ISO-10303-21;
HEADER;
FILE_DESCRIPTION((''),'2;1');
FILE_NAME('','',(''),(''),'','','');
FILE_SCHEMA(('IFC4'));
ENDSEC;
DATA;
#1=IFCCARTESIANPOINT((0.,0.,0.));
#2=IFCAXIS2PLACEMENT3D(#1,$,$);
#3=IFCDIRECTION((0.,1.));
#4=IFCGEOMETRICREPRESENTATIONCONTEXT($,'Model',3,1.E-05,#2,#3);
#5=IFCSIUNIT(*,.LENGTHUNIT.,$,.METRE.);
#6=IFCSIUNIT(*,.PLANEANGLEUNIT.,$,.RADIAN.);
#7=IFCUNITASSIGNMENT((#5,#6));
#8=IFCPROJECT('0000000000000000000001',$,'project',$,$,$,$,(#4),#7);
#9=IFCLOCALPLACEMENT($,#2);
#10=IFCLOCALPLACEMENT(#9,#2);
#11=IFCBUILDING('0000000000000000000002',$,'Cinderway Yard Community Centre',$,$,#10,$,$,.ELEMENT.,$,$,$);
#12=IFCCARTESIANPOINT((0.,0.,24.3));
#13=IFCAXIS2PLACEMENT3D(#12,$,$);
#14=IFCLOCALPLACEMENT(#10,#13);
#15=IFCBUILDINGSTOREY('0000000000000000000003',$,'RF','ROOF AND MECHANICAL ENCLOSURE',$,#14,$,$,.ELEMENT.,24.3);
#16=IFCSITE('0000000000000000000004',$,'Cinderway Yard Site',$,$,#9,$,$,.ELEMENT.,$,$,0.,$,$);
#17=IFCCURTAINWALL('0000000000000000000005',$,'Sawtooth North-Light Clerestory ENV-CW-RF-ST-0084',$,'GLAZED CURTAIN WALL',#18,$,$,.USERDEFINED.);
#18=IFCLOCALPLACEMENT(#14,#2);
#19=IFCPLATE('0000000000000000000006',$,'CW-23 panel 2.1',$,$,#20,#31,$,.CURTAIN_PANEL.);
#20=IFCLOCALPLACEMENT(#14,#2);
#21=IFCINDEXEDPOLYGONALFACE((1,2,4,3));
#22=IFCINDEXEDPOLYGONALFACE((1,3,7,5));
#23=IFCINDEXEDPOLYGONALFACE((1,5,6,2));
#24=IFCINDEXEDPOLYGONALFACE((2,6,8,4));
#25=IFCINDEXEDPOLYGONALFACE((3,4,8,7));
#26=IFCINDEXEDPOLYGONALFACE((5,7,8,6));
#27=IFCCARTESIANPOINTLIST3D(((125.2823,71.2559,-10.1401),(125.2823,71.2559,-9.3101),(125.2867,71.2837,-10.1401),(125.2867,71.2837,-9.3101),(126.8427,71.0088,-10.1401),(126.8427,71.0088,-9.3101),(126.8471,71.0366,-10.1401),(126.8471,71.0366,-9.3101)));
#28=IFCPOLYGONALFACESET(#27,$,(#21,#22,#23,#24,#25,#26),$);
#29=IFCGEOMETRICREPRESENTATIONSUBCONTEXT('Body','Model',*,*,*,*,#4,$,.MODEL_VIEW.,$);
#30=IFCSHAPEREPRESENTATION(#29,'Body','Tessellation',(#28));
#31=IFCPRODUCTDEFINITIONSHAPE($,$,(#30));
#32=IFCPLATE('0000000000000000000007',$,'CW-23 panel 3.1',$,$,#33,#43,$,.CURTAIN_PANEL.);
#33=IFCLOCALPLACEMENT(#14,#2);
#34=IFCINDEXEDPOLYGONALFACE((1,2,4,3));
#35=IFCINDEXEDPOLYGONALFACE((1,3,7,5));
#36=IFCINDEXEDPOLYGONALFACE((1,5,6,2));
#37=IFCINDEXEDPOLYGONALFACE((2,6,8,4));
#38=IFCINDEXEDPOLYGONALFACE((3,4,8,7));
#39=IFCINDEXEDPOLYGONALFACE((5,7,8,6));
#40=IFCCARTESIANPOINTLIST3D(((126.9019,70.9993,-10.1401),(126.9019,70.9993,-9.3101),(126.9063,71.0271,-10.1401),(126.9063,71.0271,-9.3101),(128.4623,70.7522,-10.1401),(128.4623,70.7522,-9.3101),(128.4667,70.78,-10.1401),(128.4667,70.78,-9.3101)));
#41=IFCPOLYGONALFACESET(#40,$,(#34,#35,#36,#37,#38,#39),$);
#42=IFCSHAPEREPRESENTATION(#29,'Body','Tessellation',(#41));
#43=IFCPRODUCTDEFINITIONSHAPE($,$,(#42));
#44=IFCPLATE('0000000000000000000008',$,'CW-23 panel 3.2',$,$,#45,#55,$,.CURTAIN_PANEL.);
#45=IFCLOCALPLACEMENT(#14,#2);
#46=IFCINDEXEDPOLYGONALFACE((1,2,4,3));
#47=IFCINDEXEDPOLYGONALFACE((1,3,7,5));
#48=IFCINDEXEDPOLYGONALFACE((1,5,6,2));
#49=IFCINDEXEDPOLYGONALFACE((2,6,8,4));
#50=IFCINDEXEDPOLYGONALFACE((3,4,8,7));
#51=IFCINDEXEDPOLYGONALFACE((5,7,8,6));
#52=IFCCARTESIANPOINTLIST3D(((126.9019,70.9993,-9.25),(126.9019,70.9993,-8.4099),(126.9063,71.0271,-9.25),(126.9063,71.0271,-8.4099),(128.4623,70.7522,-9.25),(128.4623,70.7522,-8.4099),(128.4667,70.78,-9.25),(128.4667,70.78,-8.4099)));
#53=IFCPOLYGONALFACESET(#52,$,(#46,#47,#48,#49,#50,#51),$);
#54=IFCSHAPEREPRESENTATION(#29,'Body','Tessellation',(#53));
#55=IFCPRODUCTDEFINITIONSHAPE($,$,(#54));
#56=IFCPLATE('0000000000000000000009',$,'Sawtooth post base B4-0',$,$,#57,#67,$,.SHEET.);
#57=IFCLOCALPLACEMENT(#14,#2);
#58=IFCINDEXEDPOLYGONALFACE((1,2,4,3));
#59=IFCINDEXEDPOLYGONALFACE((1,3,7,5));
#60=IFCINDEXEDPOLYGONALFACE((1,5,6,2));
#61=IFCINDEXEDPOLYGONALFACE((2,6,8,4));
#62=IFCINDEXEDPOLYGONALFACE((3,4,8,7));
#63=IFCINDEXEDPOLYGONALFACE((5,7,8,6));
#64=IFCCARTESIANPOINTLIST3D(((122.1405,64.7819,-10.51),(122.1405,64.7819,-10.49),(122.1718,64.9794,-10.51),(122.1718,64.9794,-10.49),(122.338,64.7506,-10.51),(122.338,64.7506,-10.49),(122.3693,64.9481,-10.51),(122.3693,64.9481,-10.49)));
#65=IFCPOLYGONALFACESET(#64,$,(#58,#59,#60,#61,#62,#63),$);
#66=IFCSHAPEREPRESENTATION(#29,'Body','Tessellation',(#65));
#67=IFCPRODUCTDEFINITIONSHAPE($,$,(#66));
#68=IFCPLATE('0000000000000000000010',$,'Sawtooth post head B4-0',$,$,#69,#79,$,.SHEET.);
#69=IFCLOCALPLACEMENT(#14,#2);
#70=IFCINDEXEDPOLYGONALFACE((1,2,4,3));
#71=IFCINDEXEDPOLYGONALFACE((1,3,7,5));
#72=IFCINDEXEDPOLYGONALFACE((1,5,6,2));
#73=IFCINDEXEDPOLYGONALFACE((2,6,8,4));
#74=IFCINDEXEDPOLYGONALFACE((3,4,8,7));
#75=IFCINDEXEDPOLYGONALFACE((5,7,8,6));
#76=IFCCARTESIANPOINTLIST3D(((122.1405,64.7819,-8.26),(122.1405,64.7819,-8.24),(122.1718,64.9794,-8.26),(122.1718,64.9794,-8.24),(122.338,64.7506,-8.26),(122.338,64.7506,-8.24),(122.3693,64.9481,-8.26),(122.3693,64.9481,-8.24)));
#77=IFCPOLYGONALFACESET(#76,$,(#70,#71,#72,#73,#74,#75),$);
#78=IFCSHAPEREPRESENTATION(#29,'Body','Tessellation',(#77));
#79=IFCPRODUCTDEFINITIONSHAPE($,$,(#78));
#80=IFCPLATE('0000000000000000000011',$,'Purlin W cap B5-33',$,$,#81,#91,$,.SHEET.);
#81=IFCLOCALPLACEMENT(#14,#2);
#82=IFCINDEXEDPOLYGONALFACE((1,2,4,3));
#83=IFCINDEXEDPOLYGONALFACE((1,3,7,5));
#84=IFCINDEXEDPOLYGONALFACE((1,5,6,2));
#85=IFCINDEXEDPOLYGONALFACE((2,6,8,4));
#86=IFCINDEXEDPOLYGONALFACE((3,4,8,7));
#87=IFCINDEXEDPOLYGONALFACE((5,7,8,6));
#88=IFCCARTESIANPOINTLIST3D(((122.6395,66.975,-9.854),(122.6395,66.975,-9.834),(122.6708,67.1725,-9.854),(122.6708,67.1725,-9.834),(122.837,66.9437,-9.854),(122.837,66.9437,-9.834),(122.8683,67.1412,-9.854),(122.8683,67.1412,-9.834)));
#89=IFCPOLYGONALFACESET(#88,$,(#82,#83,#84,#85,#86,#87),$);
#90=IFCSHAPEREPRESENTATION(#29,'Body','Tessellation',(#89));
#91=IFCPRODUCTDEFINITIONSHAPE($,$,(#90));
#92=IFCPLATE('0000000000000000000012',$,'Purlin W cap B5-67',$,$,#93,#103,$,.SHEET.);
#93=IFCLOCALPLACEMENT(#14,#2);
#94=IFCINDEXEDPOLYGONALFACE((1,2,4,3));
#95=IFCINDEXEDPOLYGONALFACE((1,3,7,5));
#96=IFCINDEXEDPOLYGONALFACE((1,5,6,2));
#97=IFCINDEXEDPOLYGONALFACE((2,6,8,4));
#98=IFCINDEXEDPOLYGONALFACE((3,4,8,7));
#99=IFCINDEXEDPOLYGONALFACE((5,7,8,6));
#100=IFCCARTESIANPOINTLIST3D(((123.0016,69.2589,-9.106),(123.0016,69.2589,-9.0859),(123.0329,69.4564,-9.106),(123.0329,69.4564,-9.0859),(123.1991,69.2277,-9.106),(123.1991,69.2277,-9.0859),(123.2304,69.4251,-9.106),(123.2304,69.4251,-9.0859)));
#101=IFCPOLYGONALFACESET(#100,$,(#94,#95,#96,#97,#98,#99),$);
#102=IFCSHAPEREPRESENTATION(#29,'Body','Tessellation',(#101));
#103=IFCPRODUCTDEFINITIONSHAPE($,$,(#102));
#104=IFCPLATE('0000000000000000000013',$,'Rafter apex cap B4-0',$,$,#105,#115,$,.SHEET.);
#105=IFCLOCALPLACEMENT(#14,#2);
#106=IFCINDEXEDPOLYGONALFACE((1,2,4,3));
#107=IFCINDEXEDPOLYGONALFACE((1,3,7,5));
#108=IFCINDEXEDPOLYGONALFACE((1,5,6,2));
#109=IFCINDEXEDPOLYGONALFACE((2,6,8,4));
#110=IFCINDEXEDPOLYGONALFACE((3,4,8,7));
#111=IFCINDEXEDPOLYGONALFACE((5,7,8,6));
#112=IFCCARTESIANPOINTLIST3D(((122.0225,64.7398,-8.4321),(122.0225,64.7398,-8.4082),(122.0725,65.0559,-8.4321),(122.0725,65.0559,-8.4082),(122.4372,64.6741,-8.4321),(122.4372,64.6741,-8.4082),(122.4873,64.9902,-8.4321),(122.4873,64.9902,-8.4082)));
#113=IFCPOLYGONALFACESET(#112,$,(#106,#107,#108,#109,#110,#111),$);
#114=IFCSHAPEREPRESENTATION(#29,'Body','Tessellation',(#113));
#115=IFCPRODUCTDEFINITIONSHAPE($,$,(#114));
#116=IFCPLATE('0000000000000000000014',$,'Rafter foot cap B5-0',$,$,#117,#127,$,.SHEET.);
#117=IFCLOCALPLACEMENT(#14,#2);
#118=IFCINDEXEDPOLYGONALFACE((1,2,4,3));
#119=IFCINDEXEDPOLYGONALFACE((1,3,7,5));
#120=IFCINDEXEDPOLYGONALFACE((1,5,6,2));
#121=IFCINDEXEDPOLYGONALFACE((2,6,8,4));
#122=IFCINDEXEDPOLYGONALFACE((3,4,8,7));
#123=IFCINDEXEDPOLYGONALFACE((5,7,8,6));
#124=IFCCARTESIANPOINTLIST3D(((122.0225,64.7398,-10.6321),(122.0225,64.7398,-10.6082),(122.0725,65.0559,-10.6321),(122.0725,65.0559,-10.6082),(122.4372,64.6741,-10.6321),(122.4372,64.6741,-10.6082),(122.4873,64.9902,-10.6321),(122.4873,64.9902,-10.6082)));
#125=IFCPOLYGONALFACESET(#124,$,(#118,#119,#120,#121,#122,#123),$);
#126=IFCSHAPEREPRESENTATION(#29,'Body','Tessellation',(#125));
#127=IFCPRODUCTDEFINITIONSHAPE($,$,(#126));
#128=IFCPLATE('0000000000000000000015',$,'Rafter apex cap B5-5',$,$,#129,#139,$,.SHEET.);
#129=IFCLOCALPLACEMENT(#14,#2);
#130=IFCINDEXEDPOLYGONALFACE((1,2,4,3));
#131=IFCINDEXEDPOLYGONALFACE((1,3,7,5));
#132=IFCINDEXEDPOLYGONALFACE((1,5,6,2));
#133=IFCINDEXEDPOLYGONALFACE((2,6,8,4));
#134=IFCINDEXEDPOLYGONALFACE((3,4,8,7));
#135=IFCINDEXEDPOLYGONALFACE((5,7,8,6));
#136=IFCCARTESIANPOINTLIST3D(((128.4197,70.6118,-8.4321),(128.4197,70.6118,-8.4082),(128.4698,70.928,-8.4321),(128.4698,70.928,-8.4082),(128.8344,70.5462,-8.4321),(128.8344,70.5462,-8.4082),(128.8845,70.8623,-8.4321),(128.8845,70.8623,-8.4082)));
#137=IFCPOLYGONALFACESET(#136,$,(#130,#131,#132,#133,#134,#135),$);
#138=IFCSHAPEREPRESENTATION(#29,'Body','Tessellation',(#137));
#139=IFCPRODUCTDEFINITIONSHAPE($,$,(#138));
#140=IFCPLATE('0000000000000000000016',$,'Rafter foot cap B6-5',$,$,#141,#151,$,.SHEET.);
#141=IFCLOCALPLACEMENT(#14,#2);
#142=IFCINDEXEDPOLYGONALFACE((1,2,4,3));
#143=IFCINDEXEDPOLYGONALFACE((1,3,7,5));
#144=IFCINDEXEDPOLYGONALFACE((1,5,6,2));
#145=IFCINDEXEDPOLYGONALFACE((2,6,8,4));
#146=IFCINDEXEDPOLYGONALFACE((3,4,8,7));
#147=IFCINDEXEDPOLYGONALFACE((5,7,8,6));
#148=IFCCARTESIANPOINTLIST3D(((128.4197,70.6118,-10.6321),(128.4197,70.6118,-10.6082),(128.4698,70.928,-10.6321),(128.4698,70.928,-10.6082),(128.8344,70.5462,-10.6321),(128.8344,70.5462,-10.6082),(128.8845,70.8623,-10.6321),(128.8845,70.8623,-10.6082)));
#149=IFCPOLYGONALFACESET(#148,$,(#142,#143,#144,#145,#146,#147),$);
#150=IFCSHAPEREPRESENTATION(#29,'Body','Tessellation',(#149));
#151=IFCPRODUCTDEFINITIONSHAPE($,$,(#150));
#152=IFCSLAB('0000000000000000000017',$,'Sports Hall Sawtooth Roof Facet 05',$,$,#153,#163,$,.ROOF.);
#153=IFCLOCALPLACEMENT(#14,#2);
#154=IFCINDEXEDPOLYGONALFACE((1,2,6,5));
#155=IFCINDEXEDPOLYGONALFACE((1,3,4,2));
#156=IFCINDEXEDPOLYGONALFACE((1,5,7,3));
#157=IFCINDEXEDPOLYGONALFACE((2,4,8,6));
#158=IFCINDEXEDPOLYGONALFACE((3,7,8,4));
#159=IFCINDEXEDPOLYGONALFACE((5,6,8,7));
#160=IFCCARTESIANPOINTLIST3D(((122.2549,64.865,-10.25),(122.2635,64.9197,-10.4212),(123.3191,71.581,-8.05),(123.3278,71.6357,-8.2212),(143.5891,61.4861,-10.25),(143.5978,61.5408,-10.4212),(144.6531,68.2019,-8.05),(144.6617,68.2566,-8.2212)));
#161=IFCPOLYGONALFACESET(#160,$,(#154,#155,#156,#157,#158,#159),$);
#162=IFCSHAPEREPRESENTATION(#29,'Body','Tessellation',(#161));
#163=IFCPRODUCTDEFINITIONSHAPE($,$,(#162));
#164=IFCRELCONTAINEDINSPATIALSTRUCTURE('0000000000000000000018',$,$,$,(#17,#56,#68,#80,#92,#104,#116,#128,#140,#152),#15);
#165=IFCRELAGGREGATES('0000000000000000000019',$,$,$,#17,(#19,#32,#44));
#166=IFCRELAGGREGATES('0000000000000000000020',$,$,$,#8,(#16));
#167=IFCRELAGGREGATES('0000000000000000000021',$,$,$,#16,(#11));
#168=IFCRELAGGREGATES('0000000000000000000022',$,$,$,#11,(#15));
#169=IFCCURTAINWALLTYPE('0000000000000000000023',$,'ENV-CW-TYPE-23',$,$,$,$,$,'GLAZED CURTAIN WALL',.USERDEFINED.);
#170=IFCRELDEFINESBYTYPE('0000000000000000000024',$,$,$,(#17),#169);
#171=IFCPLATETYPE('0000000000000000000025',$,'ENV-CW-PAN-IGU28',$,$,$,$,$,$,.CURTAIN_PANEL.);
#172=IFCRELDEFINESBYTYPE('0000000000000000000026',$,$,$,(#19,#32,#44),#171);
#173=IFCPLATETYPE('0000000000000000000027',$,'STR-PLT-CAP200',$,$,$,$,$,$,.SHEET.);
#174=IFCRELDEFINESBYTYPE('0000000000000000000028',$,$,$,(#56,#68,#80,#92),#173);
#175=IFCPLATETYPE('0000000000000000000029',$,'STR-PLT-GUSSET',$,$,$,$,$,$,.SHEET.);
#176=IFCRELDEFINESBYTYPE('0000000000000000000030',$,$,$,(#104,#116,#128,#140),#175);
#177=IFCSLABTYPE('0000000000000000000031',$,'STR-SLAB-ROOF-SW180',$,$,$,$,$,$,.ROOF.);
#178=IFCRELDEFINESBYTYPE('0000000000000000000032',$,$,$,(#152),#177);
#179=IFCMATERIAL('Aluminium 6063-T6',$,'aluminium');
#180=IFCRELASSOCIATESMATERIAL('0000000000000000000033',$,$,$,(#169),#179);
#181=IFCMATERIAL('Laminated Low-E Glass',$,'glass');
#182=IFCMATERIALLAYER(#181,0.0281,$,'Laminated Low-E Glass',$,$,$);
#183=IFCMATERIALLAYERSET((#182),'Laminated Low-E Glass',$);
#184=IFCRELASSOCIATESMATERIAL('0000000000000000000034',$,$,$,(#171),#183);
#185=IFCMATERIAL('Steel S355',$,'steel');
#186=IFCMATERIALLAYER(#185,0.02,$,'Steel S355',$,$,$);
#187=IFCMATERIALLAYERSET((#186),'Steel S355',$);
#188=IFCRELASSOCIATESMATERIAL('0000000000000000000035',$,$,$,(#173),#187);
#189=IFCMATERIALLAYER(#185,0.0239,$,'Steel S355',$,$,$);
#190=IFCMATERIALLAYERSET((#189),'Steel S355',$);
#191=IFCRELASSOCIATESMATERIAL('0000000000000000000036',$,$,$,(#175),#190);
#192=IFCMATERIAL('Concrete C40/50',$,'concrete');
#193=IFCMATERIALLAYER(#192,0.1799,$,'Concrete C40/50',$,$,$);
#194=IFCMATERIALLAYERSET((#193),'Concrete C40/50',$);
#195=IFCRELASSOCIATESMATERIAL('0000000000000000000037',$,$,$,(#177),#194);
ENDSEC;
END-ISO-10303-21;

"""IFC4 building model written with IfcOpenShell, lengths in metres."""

from ifc_helpers import new_model, si_unit, direction, frame, origin, origin_2d, place, context, subcontext, project, spatial, polyline, rectangle, outline, extrude, material, layer, layer_set, type_object, element, aggregate, save


model = new_model("IFC4")

# Units and contexts
model_context = context("Model", 3, precision=1e-05, world=origin(), true_north=direction((0.0, 1.0)))
body_context = subcontext(model_context, "Body", "Model", "MODEL_VIEW")
ifc_project = project(units=[si_unit("LENGTHUNIT", "METRE"), si_unit("PLANEANGLEUNIT", "RADIAN")], contexts=[model_context])

# Site, building, storey
site_placement = place(None, origin())
site = spatial("IfcSite", under=ifc_project, at=site_placement, Name="Cinderway Yard Site", CompositionType="ELEMENT", RefElevation=0.0)
building_placement = place(site_placement, origin())
building = spatial("IfcBuilding", under=site, at=building_placement, Name="Cinderway Yard Community Centre", CompositionType="ELEMENT")
storey_placement = place(building_placement, frame((0.0, 0.0, 24.3)))
storey = spatial("IfcBuildingStorey", under=building, at=storey_placement, Name="RF", Description="ROOF AND MECHANICAL ENCLOSURE", CompositionType="ELEMENT", Elevation=24.3)

# Curtain wall
ifc_material_1 = material(Name="Aluminium 6063-T6", Category="aluminium")
curtain_wall_type = type_object("IfcCurtainWallType", Name="ENV-CW-TYPE-23", ElementType="GLAZED CURTAIN WALL", PredefinedType="USERDEFINED", material=ifc_material_1)
curtain_wall_placement = place(storey_placement, origin())
curtain_wall = element("IfcCurtainWall", 1, at=curtain_wall_placement, inside=storey, type_object=curtain_wall_type, Name="Sawtooth North-Light Clerestory ENV-CW-RF-ST-0084", ObjectType="GLAZED CURTAIN WALL", PredefinedType="USERDEFINED")

# Shared definitions
ifc_material_2 = material(Name="Steel S355", Category="steel")

# Plates
ifc_material_3 = material(Name="Laminated Low-E Glass", Category="glass")
ifc_layer_1 = layer(ifc_material_3, 0.0281, Name="Laminated Low-E Glass")
ifc_layer_set_1 = layer_set([ifc_layer_1], Name="Laminated Low-E Glass")
plate_type_1 = type_object("IfcPlateType", Name="ENV-CW-PAN-IGU28", PredefinedType="CURTAIN_PANEL", material=ifc_layer_set_1)
plate_1_placement = place(storey_placement, frame((126.0647, 71.1462, -10.1401), z_axis=(0.0, 0.0, 1.0), x_axis=(0.987692, -0.156409, 0.0)))
plate_1 = element("IfcPlate", 2, at=plate_1_placement, type_object=plate_type_1, Name="CW-23 panel 2.1", PredefinedType="CURTAIN_PANEL", context=body_context, shape_type="SweptSolid", body=[
    extrude(rectangle(XDim=1.5798, YDim=0.0281, at=origin_2d()), origin(), (0.0, 0.0, 1.0), 0.8301),
])
plate_2_placement = place(storey_placement, frame((127.6843, 70.8896, -10.1401), z_axis=(0.0, 0.0, 1.0), x_axis=(0.987692, -0.156409, 0.0)))
plate_2 = element("IfcPlate", 3, at=plate_2_placement, type_object=plate_type_1, Name="CW-23 panel 3.1", PredefinedType="CURTAIN_PANEL", context=body_context, shape_type="SweptSolid", body=[
    extrude(rectangle(XDim=1.5798, YDim=0.0281, at=origin_2d()), origin(), (0.0, 0.0, 1.0), 0.8301),
])
plate_3_placement = place(storey_placement, frame((127.6843, 70.8896, -9.25), z_axis=(0.0, 0.0, 1.0), x_axis=(0.987692, -0.156409, 0.0)))
plate_3 = element("IfcPlate", 4, at=plate_3_placement, type_object=plate_type_1, Name="CW-23 panel 3.2", PredefinedType="CURTAIN_PANEL", context=body_context, shape_type="SweptSolid", body=[
    extrude(rectangle(XDim=1.5798, YDim=0.0281, at=origin_2d()), origin(), (0.0, 0.0, 1.0), 0.8401),
])
aggregate(curtain_wall, [plate_1, plate_2, plate_3])

# Plates
ifc_layer_2 = layer(ifc_material_2, 0.02, Name="Steel S355")
ifc_layer_set_2 = layer_set([ifc_layer_2], Name="Steel S355")
plate_type_2 = type_object("IfcPlateType", Name="STR-PLT-CAP200", PredefinedType="SHEET", material=ifc_layer_set_2)
for number, where, z_axis, x_axis, name in (
    (5, (122.2549, 64.865, -10.51), (0.0, 0.0, 1.0), (0.987688, -0.156434, 0.0), "Sawtooth post base B4-0"),
    (6, (122.2549, 64.865, -8.26), (0.0, 0.0, 1.0), (0.987688, -0.156434, 0.0), "Sawtooth post head B4-0"),
    (7, (122.7539, 67.0581, -9.854), (0.0, 0.0, 1.0), (0.987688, -0.156434, 0.0), "Purlin W cap B5-33"),
    (8, (123.116, 69.342, -9.106), (0.0, 0.0, 1.0), (0.987688, -0.156434, 0.0), "Purlin W cap B5-67"),
):
    element("IfcPlate", number, at=place(storey_placement, frame(where, z_axis=z_axis, x_axis=x_axis)), inside=storey, type_object=plate_type_2, Name=name, PredefinedType="SHEET", context=body_context, shape_type="SweptSolid", body=[
        extrude(rectangle(XDim=0.2, YDim=0.2, at=origin_2d()), origin(), (0.0, 0.0, 1.0), 0.02),
    ])
ifc_layer_3 = layer(ifc_material_2, 0.0239, Name="Steel S355")
ifc_layer_set_3 = layer_set([ifc_layer_3], Name="Steel S355")
plate_type_3 = type_object("IfcPlateType", Name="STR-PLT-GUSSET", PredefinedType="SHEET", material=ifc_layer_set_3)
for number, where, z_axis, x_axis, name in (
    (9, (122.2549, 64.865, -8.4321), (0.0, 0.0, 1.0), (0.987688, -0.156434, 0.0), "Rafter apex cap B4-0"),
    (10, (122.2549, 64.865, -10.6321), (0.0, 0.0, 1.0), (0.987688, -0.156434, 0.0), "Rafter foot cap B5-0"),
    (11, (128.6521, 70.7371, -8.4321), (0.0, 0.0, 1.0), (0.987688, -0.156434, 0.0), "Rafter apex cap B5-5"),
    (12, (128.6521, 70.7371, -10.6321), (0.0, 0.0, 1.0), (0.987688, -0.156434, 0.0), "Rafter foot cap B6-5"),
):
    element("IfcPlate", number, at=place(storey_placement, frame(where, z_axis=z_axis, x_axis=x_axis)), inside=storey, type_object=plate_type_3, Name=name, PredefinedType="SHEET", context=body_context, shape_type="SweptSolid", body=[
        extrude(rectangle(XDim=0.4199, YDim=0.3201, at=origin_2d()), origin(), (0.0, 0.0, 1.0), 0.0239),
    ])

# Slab
ifc_material_4 = material(Name="Concrete C40/50", Category="concrete")
ifc_layer_4 = layer(ifc_material_4, 0.1799, Name="Concrete C40/50")
ifc_layer_set_4 = layer_set([ifc_layer_4], Name="Concrete C40/50")
slab_type = type_object("IfcSlabType", Name="STR-SLAB-ROOF-SW180", PredefinedType="ROOF", material=ifc_layer_set_4)
slab_placement = place(storey_placement, frame((122.2549, 64.865, -10.25), z_axis=(-0.048155, -0.304036, 0.951443), x_axis=(0.987689, -0.15643, 0.000002)))
element("IfcSlab", 13, at=slab_placement, inside=storey, type_object=slab_type, Name="Sports Hall Sawtooth Roof Facet 05", PredefinedType="ROOF", context=body_context, shape_type="SweptSolid", body=[
    extrude(outline(polyline([(0.0, 0.0), (21.6001, 0.0), (21.6005, 7.1466), (0.0005, 7.1469), (0.0, 0.0)])), origin(), (0.0, 0.0, -1.0), 0.1799),
])

save(model, "model.ifc")
